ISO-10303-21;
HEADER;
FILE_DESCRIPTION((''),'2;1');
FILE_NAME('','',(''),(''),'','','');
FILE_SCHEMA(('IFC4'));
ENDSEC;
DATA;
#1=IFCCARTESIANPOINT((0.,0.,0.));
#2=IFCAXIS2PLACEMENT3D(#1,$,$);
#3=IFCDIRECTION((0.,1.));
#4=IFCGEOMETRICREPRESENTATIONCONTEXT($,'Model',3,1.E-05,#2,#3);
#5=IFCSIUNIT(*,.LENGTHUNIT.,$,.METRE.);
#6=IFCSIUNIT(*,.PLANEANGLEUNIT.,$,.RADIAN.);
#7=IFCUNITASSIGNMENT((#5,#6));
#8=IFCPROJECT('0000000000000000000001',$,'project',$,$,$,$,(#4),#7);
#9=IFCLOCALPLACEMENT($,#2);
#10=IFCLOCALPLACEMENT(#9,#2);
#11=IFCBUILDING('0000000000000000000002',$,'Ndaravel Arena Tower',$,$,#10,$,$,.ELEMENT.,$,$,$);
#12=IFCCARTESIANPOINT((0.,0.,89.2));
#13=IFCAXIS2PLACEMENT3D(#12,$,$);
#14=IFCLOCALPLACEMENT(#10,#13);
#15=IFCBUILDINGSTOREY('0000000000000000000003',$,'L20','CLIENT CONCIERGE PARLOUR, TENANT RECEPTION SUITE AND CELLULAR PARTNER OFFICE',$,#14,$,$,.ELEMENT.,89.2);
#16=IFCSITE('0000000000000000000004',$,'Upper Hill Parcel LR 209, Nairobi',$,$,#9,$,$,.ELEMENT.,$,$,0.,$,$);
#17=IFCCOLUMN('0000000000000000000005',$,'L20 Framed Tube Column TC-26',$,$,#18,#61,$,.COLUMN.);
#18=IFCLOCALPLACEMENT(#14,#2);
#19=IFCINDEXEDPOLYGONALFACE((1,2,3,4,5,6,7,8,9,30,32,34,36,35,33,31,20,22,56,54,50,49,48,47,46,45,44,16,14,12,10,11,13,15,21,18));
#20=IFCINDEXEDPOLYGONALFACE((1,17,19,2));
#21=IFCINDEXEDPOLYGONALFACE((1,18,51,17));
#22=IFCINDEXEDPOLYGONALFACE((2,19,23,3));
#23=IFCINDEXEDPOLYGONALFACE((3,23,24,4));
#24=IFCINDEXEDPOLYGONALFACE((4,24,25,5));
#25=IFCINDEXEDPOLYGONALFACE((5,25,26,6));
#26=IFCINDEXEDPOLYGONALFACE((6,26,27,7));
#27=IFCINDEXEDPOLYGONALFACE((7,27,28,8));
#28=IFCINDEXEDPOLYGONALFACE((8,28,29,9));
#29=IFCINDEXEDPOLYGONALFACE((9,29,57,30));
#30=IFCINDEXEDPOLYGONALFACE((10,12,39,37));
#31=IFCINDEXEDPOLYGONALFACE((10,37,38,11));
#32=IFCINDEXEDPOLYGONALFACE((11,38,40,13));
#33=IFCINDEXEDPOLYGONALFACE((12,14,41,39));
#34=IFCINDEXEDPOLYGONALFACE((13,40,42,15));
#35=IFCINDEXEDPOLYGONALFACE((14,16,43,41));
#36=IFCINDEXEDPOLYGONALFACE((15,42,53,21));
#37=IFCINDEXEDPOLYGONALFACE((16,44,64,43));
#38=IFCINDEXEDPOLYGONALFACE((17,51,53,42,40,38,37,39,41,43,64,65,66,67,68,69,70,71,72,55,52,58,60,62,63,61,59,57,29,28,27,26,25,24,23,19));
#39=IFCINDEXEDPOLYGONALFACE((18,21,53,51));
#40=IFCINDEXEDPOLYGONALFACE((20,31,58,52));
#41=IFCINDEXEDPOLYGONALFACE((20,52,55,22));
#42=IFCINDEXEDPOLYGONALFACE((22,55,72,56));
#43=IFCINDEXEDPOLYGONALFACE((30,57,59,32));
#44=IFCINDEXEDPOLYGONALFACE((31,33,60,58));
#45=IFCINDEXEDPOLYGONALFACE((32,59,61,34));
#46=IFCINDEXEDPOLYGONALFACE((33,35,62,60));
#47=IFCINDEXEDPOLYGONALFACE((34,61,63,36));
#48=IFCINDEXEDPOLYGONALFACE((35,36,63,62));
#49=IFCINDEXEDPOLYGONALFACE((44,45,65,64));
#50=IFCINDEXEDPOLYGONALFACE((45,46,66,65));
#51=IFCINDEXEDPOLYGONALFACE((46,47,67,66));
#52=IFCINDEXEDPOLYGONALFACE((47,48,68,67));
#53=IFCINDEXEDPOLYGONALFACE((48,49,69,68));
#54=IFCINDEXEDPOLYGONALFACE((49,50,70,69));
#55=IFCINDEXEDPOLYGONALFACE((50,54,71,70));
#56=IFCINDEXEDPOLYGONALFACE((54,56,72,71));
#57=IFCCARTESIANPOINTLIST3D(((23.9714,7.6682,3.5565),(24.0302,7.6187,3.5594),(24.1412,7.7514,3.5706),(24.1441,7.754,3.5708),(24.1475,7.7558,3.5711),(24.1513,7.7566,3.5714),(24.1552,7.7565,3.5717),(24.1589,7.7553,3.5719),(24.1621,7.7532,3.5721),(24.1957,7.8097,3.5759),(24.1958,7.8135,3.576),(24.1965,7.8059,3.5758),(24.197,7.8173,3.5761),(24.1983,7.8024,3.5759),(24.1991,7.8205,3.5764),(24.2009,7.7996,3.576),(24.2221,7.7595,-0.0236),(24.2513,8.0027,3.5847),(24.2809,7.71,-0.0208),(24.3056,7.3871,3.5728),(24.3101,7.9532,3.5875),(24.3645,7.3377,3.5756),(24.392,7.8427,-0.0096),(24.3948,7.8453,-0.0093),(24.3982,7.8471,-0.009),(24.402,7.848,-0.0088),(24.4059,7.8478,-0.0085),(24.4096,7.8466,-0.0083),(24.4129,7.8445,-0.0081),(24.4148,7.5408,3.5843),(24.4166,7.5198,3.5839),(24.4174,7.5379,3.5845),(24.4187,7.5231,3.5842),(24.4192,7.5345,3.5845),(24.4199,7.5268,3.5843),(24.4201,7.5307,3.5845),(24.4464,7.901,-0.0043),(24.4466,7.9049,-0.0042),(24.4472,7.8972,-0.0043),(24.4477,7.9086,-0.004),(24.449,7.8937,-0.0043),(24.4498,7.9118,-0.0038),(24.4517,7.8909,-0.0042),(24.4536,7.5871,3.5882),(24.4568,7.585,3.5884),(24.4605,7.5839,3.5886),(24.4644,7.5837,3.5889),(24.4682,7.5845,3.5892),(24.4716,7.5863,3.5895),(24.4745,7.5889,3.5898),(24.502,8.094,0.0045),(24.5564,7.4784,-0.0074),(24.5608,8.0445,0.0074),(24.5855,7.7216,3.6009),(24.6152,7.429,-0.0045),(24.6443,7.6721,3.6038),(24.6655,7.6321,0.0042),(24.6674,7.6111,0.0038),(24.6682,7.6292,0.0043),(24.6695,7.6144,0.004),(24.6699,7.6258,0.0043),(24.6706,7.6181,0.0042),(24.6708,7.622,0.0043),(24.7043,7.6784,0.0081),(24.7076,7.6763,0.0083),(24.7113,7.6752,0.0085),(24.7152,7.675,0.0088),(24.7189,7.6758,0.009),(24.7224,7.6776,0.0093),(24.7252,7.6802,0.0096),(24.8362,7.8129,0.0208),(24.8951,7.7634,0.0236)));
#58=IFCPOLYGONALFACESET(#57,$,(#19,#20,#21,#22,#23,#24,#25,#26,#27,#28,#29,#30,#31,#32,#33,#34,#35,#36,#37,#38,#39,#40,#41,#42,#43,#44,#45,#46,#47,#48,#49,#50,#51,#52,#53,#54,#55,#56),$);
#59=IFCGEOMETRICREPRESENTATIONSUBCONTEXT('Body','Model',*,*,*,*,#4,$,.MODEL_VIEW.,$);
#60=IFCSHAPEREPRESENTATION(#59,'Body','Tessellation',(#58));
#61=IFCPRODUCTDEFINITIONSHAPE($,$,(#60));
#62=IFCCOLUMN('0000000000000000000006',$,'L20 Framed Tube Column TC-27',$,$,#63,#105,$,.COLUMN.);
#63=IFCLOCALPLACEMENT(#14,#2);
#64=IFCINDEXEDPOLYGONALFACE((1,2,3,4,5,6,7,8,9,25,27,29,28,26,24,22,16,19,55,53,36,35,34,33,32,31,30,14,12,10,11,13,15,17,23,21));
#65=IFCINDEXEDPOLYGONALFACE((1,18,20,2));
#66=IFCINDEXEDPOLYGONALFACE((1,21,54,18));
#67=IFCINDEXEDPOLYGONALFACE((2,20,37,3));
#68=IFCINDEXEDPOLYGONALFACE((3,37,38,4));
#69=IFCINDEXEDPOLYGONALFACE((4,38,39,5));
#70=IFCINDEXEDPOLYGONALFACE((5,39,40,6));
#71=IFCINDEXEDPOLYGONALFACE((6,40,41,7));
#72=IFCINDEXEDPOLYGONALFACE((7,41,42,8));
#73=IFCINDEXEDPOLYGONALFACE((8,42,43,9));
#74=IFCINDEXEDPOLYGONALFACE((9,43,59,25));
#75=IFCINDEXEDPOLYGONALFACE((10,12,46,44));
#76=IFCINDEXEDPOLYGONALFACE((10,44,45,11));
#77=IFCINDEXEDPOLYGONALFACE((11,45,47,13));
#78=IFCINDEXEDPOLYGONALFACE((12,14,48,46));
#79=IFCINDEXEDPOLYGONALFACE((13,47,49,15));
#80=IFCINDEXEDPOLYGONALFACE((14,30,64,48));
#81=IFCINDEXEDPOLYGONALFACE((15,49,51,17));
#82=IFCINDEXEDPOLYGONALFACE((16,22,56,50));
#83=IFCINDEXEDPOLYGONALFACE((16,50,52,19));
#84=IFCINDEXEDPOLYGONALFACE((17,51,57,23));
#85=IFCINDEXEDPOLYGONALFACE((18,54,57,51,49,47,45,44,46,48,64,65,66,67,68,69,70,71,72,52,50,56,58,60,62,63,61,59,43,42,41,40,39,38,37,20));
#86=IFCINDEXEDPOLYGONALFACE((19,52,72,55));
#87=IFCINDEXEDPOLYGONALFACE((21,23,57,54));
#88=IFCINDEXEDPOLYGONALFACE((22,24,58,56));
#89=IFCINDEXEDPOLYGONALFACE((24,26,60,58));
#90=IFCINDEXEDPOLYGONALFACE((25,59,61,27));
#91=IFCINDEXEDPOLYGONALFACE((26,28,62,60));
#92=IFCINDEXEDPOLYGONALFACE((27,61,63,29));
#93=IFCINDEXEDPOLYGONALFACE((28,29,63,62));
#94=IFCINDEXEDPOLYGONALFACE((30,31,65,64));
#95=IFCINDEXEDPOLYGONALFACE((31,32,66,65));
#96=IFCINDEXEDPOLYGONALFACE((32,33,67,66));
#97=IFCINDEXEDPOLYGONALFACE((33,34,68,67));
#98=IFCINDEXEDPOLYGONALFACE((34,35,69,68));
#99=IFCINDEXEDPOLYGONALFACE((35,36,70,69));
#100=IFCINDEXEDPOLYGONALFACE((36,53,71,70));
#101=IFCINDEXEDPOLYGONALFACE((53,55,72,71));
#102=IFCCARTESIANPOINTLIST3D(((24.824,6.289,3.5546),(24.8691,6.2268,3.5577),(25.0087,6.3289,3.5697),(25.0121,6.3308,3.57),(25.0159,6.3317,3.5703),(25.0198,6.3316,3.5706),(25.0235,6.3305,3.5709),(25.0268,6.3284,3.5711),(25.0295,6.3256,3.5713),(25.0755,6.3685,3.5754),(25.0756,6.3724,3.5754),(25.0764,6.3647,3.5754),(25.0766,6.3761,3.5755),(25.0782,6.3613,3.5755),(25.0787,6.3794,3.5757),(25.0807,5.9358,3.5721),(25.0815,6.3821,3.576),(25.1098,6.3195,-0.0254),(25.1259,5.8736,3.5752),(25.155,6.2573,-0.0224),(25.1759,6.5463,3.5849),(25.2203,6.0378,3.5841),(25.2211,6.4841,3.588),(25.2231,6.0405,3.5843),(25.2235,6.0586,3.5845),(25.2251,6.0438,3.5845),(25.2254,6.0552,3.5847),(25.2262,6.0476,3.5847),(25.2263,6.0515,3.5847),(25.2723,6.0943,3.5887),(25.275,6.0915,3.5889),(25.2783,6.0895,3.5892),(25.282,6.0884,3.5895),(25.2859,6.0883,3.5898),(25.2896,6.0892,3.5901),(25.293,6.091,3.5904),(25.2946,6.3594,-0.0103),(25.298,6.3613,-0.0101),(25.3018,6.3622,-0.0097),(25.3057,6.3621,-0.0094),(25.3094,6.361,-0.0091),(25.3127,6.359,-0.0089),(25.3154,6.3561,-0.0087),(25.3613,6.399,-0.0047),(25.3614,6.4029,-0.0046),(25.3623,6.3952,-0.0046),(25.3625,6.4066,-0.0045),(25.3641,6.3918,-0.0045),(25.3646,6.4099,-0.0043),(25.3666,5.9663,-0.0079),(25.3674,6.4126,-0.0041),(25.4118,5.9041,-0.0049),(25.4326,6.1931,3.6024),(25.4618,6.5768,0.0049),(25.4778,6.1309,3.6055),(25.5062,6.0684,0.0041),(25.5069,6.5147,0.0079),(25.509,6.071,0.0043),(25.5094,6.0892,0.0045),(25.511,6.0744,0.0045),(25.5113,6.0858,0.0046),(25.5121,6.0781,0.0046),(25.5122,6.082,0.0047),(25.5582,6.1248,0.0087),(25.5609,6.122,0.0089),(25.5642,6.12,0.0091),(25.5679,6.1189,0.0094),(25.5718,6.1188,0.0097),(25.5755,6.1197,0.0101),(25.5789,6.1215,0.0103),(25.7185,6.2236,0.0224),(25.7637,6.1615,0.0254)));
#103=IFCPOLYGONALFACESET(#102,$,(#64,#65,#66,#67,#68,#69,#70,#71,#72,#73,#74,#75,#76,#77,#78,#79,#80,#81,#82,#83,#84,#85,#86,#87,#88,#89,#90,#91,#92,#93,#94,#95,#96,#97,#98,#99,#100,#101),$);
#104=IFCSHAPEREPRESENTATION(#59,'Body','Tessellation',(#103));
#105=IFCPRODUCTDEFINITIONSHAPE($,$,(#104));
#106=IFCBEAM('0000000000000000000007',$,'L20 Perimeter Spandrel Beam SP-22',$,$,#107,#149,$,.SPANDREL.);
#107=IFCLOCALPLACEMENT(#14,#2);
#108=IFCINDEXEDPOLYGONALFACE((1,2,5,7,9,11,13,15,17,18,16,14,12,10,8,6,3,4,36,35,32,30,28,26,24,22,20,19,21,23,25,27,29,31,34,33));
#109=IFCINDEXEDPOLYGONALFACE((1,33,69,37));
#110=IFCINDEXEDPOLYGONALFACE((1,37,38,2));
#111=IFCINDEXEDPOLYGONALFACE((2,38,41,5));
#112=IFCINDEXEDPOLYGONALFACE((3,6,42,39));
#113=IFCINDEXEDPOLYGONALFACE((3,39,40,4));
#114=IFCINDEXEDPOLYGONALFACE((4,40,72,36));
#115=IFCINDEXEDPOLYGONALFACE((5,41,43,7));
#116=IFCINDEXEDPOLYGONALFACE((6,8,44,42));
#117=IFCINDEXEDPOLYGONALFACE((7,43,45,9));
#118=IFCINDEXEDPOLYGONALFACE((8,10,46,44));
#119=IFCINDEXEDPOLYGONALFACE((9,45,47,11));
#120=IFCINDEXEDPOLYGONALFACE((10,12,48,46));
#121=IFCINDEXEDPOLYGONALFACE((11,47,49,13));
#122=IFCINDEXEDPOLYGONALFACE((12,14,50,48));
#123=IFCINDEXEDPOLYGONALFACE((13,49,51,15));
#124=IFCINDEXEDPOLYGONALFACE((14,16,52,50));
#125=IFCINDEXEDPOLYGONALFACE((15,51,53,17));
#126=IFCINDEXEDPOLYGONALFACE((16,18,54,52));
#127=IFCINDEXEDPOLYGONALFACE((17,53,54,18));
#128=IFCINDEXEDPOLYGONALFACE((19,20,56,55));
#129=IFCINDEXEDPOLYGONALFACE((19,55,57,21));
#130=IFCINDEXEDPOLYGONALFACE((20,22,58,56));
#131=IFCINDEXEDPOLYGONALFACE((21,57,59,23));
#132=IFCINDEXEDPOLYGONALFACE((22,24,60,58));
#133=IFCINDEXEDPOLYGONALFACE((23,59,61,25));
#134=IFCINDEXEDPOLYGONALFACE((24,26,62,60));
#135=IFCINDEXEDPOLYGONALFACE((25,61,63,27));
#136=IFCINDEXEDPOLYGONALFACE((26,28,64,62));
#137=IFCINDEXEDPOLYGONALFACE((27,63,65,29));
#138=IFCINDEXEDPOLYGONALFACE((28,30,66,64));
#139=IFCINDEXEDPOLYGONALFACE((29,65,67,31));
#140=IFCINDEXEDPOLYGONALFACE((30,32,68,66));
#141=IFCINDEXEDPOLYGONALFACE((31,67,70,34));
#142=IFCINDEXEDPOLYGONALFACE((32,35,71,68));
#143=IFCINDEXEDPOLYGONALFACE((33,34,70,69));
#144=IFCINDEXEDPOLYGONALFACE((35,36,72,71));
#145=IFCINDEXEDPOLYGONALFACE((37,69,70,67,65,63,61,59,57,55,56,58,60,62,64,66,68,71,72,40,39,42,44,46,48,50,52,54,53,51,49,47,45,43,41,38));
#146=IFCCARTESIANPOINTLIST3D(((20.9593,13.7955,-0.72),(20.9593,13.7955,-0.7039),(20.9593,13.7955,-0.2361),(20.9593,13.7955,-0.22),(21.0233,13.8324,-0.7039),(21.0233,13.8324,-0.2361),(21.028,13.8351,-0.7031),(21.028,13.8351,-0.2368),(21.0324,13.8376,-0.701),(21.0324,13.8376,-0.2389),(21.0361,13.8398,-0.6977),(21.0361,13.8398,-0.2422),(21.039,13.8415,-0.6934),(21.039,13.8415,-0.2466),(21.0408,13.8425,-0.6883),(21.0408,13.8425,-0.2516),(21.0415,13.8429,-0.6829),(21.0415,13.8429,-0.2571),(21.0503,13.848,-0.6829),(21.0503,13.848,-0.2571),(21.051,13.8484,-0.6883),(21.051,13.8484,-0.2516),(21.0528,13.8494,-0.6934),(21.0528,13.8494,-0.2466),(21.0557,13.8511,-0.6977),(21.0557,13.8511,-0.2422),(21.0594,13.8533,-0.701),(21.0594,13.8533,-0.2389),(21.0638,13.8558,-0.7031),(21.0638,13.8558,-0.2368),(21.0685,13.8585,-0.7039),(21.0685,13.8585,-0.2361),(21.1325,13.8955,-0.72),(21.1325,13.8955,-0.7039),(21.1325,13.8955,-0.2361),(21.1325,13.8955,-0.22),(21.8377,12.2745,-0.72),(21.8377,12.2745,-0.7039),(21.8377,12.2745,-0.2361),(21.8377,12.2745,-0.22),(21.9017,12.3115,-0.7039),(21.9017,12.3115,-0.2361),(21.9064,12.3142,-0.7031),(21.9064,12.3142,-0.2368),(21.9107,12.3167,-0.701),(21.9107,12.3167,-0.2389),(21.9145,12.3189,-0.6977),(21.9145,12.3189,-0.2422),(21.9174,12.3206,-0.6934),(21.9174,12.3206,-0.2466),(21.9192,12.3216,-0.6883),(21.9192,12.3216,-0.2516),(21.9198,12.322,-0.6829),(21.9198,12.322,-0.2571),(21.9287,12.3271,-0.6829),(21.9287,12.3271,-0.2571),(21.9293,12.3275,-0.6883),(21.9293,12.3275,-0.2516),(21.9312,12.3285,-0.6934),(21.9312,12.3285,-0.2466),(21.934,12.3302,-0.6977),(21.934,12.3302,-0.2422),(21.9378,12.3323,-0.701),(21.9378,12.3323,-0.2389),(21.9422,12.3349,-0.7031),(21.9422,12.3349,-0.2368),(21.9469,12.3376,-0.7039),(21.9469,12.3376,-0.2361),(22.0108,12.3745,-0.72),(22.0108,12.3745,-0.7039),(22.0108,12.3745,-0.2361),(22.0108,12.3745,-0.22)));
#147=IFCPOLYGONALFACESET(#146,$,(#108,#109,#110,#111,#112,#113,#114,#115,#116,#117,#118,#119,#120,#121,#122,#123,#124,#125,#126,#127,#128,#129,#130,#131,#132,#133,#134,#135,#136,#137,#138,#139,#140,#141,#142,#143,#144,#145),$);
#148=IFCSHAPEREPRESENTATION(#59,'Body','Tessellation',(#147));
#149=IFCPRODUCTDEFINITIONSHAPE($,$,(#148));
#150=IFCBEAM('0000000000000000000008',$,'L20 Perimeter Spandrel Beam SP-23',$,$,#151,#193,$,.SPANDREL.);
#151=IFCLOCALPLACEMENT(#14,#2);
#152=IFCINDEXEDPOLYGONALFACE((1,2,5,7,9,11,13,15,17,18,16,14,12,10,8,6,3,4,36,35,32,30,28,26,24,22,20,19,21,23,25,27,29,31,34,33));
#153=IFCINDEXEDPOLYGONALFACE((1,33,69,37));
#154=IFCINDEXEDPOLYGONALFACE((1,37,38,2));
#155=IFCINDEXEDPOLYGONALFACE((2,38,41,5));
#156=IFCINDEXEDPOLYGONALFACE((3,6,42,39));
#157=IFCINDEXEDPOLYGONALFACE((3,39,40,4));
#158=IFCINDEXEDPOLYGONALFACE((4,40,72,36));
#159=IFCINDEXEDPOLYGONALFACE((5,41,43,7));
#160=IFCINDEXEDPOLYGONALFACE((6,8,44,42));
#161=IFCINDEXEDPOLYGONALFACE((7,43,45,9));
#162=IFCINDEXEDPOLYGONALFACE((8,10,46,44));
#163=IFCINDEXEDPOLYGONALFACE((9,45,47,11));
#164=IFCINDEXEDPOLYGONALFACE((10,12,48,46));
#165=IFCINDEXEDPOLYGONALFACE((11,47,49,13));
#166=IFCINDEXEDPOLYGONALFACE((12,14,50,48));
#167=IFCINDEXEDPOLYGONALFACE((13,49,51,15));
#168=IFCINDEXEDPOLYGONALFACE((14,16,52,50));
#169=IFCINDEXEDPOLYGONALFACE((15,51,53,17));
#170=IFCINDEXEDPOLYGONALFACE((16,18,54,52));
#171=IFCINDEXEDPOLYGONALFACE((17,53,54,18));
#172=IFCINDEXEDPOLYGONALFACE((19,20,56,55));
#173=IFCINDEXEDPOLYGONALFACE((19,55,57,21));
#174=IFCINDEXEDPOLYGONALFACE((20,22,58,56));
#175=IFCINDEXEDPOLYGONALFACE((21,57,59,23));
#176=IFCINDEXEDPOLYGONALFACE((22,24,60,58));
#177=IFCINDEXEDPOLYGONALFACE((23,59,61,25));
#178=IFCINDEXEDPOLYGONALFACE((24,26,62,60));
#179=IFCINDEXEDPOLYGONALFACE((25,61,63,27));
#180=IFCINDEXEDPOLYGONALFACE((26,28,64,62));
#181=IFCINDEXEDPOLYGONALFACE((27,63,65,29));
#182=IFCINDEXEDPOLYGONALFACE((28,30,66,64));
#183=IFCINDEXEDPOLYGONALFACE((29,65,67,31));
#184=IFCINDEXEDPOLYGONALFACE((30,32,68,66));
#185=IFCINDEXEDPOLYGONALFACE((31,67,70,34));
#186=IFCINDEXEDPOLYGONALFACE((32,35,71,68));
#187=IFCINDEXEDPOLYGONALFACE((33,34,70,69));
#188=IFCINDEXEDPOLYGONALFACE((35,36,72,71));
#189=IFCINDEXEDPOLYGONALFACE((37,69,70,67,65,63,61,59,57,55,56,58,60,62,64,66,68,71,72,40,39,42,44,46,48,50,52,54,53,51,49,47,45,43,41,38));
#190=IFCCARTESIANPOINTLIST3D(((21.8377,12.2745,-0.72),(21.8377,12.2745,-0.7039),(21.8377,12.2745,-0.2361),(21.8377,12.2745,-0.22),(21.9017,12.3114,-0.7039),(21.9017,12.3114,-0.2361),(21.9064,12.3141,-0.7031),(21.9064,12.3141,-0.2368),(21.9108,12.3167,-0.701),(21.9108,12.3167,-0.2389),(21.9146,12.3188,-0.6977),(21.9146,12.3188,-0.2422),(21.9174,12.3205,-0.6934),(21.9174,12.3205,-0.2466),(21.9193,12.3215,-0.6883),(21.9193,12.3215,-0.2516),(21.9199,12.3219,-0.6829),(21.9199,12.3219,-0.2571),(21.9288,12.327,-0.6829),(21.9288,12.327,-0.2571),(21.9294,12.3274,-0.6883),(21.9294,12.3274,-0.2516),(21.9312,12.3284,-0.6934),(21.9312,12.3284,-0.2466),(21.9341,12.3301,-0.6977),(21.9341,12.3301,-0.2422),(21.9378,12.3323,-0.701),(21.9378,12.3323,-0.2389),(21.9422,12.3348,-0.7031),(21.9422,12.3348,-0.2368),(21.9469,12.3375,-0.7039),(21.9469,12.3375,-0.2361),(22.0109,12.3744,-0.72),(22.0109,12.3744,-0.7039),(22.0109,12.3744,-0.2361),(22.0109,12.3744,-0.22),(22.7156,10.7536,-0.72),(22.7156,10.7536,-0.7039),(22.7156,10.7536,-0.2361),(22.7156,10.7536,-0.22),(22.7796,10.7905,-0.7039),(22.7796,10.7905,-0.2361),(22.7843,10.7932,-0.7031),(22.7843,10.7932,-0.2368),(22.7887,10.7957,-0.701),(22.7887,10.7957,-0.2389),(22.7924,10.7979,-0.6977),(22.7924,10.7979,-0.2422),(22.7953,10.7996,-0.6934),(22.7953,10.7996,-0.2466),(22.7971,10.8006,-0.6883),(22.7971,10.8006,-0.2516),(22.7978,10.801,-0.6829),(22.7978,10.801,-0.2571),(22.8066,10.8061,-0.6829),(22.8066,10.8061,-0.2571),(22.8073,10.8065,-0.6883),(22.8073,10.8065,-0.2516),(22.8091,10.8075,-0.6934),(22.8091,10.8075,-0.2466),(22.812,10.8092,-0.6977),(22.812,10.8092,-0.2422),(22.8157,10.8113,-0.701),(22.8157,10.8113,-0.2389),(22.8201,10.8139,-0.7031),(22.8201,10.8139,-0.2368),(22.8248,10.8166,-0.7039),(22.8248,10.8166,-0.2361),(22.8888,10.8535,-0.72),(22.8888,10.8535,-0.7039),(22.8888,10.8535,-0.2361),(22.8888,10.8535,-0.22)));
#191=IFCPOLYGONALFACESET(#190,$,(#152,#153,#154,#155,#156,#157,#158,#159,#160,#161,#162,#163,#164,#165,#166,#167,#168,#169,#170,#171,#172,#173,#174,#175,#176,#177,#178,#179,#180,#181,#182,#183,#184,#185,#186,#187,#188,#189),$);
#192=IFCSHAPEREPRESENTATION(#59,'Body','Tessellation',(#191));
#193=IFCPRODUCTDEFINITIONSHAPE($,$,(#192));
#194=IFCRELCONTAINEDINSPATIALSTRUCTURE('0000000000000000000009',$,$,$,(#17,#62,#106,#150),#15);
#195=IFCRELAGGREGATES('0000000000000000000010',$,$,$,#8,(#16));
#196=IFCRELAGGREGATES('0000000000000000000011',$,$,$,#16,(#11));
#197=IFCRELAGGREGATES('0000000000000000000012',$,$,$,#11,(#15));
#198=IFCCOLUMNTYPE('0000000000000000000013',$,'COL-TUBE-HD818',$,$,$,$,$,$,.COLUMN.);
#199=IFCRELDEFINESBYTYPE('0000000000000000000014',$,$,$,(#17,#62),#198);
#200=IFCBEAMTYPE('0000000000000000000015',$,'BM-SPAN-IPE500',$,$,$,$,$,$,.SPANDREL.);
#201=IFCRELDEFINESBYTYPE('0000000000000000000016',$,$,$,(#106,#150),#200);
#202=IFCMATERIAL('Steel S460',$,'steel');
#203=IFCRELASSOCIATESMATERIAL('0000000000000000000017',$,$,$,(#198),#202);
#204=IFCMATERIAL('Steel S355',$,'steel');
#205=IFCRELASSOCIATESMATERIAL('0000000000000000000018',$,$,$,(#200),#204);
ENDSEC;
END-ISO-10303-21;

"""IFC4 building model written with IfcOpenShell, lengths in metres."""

from ifc_helpers import new_model, si_unit, direction, frame, origin, origin_2d, place, context, subcontext, project, spatial, i_section, extrude, material, material_profile, profile_set, type_object, element, save


model = new_model("IFC4")

# Units and contexts
model_context = context("Model", 3, precision=1e-05, world=origin(), true_north=direction((0.0, 1.0)))
body_context = subcontext(model_context, "Body", "Model", "MODEL_VIEW")
ifc_project = project(units=[si_unit("LENGTHUNIT", "METRE"), si_unit("PLANEANGLEUNIT", "RADIAN")], contexts=[model_context])

# Site, building, storey
site_placement = place(None, origin())
site = spatial("IfcSite", under=ifc_project, at=site_placement, Name="Upper Hill Parcel LR 209, Nairobi", CompositionType="ELEMENT", RefElevation=0.0)
building_placement = place(site_placement, origin())
building = spatial("IfcBuilding", under=site, at=building_placement, Name="Ndaravel Arena Tower", CompositionType="ELEMENT")
storey_placement = place(building_placement, frame((0.0, 0.0, 89.2)))
storey = spatial("IfcBuildingStorey", under=building, at=storey_placement, Name="L20", Description="CLIENT CONCIERGE PARLOUR, TENANT RECEPTION SUITE AND CELLULAR PARTNER OFFICE", CompositionType="ELEMENT", Elevation=89.2)

# Columns
ifc_material_1 = material(Name="Steel S460", Category="steel")
ifc_material_profile_1 = material_profile(ifc_material_1, i_section(OverallWidth=0.437, OverallDepth=0.5139, WebThickness=0.0605, FlangeThickness=0.0769, FilletRadius=0.0149, at=origin_2d()), Name="HD 400x818")
ifc_profile_set_1 = profile_set([ifc_material_profile_1], Name="Steel S460")
column_type = type_object("IfcColumnType", Name="COL-TUBE-HD818", PredefinedType="COLUMN", material=ifc_profile_set_1)
column_1_placement = place(storey_placement, frame((24.5586, 7.7615, 0.0), z_axis=(-0.069842, -0.025434, 0.997234), x_axis=(0.640403, 0.765337, 0.064371)))
element("IfcColumn", 1, at=column_1_placement, inside=storey, type_object=column_type, Name="L20 Framed Tube Column TC-26", PredefinedType="COLUMN", context=body_context, shape_type="SweptSolid", body=[
    extrude(i_section(OverallWidth=0.437, OverallDepth=0.5139, WebThickness=0.0605, FlangeThickness=0.0769, FilletRadius=0.0149, at=origin_2d()), origin(), (0.0, 0.0, 1.0), 3.5901),
])
column_2_placement = place(storey_placement, frame((25.4368, 6.2405, 0.0), z_axis=(-0.079599, -0.008497, 0.996791), x_axis=(0.805298, 0.588803, 0.069327)))
element("IfcColumn", 2, at=column_2_placement, inside=storey, type_object=column_type, Name="L20 Framed Tube Column TC-27", PredefinedType="COLUMN", context=body_context, shape_type="SweptSolid", body=[
    extrude(i_section(OverallWidth=0.437, OverallDepth=0.5139, WebThickness=0.0605, FlangeThickness=0.0769, FilletRadius=0.0149, at=origin_2d()), origin(), (0.0, 0.0, 1.0), 3.5916),
])

# Beams
ifc_material_2 = material(Name="Steel S355", Category="steel")
ifc_material_profile_2 = material_profile(ifc_material_2, i_section(OverallWidth=0.2, OverallDepth=0.5, WebThickness=0.0103, FlangeThickness=0.0161, FilletRadius=0.021, at=origin_2d()), Name="IPE 500")
ifc_profile_set_2 = profile_set([ifc_material_profile_2], Name="Steel S355")
beam_type = type_object("IfcBeamType", Name="BM-SPAN-IPE500", PredefinedType="SPANDREL", material=ifc_profile_set_2)
beam_1_placement = place(storey_placement, frame((21.0459, 13.8455, -0.47), z_axis=(0.500115, -0.865959, 0.0), x_axis=(0.865959, 0.500115, 0.0)))
element("IfcBeam", 3, at=beam_1_placement, inside=storey, type_object=beam_type, Name="L20 Perimeter Spandrel Beam SP-22", PredefinedType="SPANDREL", context=body_context, shape_type="SweptSolid", body=[
    extrude(i_section(OverallWidth=0.2, OverallDepth=0.5, WebThickness=0.0103, FlangeThickness=0.0161, FilletRadius=0.021, at=origin_2d()), origin(), (0.0, 0.0, 1.0), 1.7563),
])
beam_2_placement = place(storey_placement, frame((21.9243, 12.3245, -0.47), z_axis=(0.499907, -0.866079, 0.0), x_axis=(0.866079, 0.499907, 0.0)))
element("IfcBeam", 4, at=beam_2_placement, inside=storey, type_object=beam_type, Name="L20 Perimeter Spandrel Beam SP-23", PredefinedType="SPANDREL", context=body_context, shape_type="SweptSolid", body=[
    extrude(i_section(OverallWidth=0.2, OverallDepth=0.5, WebThickness=0.0103, FlangeThickness=0.0161, FilletRadius=0.021, at=origin_2d()), origin(), (0.0, 0.0, 1.0), 1.7561),
])

save(model, "model.ifc")
